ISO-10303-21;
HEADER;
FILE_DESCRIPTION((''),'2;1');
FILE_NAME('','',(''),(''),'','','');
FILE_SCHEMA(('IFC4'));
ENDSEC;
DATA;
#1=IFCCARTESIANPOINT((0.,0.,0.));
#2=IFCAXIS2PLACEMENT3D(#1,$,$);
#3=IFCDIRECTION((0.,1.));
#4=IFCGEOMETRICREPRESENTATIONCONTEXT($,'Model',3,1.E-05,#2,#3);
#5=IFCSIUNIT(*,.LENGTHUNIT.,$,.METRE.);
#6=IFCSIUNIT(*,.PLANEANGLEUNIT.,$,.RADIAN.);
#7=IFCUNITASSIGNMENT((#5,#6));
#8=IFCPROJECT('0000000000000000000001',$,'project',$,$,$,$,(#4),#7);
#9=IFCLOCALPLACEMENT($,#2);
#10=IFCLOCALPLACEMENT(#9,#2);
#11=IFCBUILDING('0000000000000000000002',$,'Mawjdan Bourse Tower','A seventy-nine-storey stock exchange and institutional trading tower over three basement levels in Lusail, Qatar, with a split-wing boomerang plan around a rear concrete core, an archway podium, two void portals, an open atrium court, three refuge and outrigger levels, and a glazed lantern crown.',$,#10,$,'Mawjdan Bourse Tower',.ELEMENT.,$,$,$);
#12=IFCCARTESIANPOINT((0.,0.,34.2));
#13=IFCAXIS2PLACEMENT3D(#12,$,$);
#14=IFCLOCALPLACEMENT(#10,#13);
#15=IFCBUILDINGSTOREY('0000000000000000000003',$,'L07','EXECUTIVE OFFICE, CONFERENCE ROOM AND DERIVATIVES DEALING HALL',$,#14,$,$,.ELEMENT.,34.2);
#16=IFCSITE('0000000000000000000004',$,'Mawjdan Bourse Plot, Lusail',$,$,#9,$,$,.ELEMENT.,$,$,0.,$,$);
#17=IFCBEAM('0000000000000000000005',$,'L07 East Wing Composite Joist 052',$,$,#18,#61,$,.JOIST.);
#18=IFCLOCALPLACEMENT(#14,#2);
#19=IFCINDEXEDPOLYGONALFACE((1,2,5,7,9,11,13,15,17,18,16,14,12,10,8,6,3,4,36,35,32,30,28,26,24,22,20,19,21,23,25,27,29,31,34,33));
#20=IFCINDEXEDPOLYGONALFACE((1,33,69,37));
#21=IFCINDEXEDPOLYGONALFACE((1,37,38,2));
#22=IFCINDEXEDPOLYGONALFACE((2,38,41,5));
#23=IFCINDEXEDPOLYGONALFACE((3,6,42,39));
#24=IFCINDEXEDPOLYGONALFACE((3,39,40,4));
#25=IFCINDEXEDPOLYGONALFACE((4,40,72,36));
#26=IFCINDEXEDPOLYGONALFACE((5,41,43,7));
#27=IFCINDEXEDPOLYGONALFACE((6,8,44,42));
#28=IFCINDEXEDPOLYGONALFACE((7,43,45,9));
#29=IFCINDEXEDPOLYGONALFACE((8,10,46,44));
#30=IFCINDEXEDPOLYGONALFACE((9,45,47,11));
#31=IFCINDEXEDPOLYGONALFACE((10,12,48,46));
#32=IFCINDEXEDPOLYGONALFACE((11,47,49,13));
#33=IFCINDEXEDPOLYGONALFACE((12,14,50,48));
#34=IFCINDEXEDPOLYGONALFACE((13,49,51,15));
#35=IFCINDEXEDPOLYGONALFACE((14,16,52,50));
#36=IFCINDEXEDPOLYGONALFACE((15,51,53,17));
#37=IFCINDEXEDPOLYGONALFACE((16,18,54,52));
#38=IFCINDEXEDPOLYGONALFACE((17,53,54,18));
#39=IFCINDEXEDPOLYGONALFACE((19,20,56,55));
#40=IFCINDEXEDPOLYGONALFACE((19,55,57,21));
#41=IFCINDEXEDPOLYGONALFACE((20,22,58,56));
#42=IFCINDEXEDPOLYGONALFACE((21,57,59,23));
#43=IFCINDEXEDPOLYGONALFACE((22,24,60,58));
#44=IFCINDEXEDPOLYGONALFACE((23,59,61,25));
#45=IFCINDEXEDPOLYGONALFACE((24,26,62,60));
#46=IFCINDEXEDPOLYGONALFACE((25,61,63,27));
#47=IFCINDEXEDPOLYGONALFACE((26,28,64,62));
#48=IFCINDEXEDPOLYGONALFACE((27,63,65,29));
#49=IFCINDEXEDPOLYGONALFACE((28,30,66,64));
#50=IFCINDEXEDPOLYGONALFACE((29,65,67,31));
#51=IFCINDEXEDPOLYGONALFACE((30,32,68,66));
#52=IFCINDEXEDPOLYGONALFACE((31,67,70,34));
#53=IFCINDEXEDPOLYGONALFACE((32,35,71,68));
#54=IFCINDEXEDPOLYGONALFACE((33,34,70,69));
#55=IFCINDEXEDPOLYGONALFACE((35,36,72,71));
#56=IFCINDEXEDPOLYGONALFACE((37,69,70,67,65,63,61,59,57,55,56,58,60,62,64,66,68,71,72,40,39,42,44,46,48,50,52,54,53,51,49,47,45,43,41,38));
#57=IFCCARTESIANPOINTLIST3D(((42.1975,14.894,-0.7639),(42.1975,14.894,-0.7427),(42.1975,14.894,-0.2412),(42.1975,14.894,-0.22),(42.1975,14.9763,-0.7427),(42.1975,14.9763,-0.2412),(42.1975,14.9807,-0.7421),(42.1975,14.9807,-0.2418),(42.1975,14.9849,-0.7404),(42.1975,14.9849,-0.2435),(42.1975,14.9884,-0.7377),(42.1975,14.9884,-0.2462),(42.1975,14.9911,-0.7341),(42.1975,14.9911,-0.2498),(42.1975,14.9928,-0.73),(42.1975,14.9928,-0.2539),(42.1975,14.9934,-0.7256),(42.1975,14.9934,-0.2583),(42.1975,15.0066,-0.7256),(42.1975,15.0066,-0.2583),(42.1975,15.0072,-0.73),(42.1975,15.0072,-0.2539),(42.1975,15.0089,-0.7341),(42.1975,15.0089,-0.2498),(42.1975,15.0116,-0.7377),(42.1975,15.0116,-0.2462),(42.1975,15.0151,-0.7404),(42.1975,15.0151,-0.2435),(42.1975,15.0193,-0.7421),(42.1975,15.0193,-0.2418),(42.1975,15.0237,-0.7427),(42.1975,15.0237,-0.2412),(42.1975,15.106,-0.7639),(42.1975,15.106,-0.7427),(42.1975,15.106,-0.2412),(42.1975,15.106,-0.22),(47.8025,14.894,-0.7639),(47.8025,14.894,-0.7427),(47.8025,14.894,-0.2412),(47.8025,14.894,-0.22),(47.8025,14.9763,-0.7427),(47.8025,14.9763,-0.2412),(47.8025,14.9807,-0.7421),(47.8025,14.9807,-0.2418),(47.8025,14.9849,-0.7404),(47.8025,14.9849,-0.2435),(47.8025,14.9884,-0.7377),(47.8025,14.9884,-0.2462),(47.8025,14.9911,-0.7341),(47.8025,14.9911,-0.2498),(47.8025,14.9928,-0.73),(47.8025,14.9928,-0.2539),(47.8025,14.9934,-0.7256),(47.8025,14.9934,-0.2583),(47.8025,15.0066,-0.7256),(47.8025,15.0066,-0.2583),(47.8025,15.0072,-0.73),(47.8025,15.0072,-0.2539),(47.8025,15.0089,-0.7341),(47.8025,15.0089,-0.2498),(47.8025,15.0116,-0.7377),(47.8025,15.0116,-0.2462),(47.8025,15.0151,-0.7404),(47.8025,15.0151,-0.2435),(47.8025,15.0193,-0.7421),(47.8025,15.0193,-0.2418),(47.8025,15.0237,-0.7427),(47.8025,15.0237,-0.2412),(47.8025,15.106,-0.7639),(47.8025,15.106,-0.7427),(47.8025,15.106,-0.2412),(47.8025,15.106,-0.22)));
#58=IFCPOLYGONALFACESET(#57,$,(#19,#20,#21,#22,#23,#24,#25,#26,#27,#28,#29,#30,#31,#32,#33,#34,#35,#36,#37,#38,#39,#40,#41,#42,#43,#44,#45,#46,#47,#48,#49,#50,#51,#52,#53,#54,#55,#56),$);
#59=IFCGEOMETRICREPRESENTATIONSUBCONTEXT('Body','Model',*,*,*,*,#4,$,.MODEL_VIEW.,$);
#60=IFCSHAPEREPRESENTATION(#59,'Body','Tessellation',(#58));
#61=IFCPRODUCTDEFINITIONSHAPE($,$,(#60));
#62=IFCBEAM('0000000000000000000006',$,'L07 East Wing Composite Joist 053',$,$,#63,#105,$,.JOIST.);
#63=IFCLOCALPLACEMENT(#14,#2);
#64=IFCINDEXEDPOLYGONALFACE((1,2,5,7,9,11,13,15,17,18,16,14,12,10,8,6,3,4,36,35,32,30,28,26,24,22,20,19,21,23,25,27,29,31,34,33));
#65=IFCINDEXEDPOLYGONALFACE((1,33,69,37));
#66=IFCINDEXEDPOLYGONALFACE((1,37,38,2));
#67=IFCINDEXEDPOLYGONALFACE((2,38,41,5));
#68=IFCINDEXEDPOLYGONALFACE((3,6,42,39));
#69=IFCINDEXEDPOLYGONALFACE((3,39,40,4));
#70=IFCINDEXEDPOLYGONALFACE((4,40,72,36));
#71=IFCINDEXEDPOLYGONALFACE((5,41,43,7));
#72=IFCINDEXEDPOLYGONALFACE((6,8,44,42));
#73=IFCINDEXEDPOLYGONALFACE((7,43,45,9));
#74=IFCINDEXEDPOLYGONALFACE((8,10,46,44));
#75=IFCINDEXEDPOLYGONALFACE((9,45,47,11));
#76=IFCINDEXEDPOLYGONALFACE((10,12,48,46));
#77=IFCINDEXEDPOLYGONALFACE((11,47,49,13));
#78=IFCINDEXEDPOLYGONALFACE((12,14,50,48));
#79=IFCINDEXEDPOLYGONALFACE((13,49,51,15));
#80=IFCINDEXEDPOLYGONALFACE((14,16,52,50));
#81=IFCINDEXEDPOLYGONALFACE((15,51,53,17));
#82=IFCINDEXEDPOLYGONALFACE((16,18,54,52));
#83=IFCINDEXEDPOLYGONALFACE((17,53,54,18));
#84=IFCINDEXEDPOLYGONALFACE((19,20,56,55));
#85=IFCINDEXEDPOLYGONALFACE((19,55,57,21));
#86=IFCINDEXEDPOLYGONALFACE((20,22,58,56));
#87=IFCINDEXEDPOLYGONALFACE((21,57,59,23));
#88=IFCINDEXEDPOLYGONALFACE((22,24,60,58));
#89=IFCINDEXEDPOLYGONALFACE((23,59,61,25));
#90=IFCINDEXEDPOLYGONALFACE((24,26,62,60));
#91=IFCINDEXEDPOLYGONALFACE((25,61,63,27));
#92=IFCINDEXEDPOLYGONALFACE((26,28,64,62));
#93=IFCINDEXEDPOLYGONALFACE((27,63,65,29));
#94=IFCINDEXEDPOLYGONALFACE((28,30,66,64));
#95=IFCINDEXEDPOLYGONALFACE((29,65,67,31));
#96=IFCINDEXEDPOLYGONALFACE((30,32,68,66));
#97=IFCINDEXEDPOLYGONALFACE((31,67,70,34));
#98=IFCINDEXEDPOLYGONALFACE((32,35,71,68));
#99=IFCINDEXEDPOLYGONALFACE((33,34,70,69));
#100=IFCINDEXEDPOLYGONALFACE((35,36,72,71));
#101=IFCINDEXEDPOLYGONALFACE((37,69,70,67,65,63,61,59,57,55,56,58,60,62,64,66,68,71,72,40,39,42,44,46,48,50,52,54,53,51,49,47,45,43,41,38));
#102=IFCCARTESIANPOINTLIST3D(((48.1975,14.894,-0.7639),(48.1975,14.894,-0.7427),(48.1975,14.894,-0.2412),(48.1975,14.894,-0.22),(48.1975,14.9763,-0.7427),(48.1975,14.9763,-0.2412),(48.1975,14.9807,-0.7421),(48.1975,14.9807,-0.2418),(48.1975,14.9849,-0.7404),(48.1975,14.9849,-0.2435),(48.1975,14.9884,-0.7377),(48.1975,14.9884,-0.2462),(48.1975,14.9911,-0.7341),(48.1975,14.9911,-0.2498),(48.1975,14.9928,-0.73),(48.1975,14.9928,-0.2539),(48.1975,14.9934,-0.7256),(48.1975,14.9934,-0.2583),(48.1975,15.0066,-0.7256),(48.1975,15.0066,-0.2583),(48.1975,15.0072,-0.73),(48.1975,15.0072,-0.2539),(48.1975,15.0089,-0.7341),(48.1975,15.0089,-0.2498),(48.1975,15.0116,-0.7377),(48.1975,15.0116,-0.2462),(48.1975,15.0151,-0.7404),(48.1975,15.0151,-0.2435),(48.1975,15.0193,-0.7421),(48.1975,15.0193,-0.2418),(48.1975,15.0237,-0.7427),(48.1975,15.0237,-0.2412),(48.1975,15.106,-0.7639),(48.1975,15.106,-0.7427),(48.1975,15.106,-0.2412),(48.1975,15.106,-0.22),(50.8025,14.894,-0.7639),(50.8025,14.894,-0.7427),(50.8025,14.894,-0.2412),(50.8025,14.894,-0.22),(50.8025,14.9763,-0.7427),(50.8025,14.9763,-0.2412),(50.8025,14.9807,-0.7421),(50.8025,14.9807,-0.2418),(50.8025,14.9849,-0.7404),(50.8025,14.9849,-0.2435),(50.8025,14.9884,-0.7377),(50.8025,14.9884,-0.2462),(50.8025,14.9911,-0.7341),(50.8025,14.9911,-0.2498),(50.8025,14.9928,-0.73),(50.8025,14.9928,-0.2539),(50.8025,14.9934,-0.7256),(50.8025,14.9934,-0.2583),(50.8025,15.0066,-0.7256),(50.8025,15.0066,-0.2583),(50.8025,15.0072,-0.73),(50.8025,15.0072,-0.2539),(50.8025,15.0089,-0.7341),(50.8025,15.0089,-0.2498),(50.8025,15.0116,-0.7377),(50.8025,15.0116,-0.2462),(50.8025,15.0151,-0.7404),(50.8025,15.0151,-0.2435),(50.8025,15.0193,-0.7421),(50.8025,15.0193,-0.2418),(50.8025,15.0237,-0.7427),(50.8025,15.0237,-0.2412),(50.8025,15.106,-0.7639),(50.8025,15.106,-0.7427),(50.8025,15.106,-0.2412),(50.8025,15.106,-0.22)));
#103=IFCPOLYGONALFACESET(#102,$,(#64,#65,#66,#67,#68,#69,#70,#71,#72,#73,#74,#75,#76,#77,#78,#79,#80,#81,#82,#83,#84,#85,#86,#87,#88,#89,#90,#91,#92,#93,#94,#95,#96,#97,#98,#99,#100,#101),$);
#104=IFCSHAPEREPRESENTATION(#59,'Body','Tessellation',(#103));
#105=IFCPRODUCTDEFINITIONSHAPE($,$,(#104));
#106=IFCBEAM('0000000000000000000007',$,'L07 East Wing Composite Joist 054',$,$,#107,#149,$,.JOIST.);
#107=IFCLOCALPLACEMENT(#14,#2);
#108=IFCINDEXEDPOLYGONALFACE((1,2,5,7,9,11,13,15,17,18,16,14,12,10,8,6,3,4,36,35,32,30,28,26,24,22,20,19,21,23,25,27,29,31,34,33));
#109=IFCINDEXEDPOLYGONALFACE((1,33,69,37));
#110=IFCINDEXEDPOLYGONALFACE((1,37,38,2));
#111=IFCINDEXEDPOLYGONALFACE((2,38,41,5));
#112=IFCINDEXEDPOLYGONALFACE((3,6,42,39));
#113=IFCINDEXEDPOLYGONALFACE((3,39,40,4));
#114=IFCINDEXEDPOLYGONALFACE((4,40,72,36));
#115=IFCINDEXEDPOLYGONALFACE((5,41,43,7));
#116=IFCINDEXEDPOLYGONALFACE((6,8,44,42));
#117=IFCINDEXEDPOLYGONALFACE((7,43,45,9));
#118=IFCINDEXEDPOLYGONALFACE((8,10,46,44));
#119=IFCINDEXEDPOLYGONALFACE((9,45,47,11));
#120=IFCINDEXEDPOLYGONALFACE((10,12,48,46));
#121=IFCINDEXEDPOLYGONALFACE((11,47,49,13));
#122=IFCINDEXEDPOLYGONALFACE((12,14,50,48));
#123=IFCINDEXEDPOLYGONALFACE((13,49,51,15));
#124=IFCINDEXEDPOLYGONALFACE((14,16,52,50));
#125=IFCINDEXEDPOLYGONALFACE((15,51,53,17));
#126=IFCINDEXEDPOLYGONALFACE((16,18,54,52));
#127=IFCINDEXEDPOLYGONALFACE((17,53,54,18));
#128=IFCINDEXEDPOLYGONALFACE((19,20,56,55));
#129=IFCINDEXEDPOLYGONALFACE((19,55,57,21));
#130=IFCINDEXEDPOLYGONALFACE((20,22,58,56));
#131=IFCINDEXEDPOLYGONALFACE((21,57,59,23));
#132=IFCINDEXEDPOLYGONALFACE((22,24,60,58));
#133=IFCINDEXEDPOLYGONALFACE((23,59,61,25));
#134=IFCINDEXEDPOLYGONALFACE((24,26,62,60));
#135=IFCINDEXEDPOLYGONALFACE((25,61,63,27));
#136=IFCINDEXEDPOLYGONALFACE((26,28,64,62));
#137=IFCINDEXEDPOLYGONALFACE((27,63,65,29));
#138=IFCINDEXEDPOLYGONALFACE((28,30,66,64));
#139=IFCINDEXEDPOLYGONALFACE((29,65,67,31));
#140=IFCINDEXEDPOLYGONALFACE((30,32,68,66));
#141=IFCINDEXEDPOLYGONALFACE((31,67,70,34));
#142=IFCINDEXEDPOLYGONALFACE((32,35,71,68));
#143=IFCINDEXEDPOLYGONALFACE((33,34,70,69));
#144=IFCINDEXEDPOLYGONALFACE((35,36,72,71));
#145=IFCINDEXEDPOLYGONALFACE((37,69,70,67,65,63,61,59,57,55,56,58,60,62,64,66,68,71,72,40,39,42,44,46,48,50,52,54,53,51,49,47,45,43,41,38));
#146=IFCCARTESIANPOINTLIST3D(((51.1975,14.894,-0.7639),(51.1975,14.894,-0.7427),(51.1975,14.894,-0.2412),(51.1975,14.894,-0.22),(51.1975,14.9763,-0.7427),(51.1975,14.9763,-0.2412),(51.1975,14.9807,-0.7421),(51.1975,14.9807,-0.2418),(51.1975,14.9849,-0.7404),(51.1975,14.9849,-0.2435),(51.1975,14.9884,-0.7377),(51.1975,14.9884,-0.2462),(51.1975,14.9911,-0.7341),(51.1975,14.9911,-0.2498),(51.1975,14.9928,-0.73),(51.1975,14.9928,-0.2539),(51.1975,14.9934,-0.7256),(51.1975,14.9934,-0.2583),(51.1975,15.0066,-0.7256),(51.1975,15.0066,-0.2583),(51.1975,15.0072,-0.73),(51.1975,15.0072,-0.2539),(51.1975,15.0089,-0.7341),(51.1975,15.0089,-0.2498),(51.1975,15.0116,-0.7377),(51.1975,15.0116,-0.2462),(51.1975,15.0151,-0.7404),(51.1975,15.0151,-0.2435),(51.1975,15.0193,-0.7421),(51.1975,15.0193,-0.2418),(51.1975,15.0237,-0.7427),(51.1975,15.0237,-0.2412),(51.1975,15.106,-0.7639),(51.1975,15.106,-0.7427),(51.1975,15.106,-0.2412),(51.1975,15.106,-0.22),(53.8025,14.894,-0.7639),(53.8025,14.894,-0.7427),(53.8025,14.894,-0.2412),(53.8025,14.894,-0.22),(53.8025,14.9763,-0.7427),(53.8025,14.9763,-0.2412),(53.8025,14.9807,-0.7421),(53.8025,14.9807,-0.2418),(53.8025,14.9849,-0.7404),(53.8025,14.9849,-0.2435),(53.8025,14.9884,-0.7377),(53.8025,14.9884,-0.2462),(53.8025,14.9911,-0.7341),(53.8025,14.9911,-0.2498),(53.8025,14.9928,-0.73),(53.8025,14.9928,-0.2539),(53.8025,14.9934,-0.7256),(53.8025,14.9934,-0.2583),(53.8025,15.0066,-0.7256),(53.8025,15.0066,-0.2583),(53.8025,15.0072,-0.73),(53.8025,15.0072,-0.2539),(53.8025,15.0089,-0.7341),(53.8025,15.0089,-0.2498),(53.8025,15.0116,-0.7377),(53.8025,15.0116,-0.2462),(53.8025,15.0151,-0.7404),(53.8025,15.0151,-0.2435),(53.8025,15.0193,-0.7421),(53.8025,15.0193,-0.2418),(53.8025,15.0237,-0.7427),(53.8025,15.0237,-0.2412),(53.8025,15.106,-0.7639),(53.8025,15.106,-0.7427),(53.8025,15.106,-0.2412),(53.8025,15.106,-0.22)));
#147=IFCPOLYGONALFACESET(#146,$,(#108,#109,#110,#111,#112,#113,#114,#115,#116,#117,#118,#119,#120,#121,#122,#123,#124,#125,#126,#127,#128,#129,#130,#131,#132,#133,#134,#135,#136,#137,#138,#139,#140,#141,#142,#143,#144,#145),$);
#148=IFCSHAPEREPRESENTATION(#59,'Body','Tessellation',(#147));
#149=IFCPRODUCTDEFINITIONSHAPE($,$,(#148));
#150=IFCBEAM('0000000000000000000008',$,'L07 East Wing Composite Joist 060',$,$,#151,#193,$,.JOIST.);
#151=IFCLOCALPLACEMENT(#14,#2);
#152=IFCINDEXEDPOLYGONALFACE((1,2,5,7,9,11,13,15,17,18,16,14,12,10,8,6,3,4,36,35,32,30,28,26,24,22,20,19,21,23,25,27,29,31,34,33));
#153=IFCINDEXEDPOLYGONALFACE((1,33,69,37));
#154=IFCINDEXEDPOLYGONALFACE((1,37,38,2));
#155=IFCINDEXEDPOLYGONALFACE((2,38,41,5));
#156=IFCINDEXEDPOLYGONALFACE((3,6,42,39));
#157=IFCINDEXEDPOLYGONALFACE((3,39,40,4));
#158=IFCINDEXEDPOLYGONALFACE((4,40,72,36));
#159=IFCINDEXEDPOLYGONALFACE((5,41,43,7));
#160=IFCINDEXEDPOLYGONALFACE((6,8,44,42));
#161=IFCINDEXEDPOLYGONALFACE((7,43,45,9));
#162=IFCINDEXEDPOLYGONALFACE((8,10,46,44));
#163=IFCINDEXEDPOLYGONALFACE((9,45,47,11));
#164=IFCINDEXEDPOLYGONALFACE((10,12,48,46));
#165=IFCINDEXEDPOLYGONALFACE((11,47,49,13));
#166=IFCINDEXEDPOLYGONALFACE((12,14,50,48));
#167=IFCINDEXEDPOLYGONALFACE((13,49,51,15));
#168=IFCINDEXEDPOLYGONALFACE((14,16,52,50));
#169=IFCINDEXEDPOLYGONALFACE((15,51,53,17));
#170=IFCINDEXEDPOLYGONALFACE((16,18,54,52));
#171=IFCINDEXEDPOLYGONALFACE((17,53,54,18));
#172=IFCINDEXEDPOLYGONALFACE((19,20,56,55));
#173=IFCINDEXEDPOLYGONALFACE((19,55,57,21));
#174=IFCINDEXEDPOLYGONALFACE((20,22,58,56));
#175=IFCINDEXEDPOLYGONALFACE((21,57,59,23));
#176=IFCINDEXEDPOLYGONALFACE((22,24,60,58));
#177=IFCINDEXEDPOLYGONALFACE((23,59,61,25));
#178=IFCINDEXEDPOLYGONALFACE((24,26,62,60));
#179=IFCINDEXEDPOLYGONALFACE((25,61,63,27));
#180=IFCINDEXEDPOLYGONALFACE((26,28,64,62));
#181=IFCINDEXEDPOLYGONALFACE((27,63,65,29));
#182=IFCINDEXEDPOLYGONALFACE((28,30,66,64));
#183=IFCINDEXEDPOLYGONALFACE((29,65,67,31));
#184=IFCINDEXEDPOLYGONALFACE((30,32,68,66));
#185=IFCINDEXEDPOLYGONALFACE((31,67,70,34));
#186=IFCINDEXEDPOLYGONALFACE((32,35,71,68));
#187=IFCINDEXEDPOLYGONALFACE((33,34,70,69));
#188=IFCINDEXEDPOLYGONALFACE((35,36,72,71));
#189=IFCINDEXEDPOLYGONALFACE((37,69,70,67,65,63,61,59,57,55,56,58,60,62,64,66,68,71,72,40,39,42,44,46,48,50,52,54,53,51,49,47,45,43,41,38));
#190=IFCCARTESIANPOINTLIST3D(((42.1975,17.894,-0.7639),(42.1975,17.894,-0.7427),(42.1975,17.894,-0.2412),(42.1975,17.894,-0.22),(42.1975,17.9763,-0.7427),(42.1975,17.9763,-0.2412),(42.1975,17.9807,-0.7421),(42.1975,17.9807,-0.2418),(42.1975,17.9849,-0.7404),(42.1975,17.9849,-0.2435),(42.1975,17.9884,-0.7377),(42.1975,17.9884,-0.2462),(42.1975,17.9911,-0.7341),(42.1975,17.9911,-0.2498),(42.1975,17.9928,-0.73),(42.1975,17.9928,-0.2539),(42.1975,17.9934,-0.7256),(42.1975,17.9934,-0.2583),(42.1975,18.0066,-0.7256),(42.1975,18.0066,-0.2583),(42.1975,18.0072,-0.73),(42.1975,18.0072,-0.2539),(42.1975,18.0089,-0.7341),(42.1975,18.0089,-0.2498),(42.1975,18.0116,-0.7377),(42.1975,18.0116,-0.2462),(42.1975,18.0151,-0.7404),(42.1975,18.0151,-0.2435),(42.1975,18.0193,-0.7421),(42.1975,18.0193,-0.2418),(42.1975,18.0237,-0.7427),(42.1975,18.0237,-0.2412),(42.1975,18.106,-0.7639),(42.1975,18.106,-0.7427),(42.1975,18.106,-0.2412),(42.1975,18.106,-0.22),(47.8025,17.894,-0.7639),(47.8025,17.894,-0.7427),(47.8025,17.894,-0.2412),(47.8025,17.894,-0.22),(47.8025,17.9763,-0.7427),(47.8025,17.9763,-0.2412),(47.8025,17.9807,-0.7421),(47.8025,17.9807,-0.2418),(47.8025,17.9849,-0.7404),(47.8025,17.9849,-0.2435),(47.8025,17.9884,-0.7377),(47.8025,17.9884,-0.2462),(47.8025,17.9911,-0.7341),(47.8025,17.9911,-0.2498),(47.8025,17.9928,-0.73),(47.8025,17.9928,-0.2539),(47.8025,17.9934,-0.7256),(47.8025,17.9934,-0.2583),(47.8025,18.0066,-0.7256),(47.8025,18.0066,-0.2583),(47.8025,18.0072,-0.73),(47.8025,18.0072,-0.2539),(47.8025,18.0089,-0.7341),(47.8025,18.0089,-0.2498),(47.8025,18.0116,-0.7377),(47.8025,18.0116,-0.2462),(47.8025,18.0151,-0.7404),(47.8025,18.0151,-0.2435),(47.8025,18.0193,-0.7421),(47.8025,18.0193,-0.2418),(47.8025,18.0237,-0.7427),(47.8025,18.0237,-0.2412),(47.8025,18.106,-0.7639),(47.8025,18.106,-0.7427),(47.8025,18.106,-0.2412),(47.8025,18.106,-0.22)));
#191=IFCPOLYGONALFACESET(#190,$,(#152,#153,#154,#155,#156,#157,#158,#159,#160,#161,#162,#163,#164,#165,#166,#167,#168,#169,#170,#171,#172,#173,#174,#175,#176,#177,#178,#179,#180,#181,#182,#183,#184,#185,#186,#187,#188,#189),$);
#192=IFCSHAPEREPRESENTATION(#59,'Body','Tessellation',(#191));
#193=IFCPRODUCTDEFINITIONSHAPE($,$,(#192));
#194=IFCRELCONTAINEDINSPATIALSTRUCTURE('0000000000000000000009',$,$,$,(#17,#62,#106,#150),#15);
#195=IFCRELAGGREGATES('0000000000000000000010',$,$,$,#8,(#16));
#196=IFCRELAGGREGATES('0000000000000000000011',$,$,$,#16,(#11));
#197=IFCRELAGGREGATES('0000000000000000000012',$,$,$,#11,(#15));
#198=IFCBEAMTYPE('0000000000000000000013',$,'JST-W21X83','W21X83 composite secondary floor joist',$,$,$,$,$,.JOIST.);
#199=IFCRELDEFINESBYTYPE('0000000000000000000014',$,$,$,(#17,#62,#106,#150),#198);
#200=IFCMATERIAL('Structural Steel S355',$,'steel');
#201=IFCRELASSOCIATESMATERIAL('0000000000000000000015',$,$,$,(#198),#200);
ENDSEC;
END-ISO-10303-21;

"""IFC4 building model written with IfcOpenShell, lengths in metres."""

from ifc_helpers import new_model, si_unit, direction, frame, origin, origin_2d, place, context, subcontext, project, spatial, i_section, extrude, material, material_profile, profile_set, type_object, element, save


model = new_model("IFC4")

# Units and contexts
model_context = context("Model", 3, precision=1e-05, world=origin(), true_north=direction((0.0, 1.0)))
body_context = subcontext(model_context, "Body", "Model", "MODEL_VIEW")
ifc_project = project(units=[si_unit("LENGTHUNIT", "METRE"), si_unit("PLANEANGLEUNIT", "RADIAN")], contexts=[model_context])

# Site, building, storey
site_placement = place(None, origin())
site = spatial("IfcSite", under=ifc_project, at=site_placement, Name="Mawjdan Bourse Plot, Lusail", CompositionType="ELEMENT", RefElevation=0.0)
building_placement = place(site_placement, origin())
building = spatial("IfcBuilding", under=site, at=building_placement, Name="Mawjdan Bourse Tower", Description="A seventy-nine-storey stock exchange and institutional trading tower over three basement levels in Lusail, Qatar, with a split-wing boomerang plan around a rear concrete core, an archway podium, two void portals, an open atrium court, three refuge and outrigger levels, and a glazed lantern crown.", LongName="Mawjdan Bourse Tower", CompositionType="ELEMENT")
storey_placement = place(building_placement, frame((0.0, 0.0, 34.2)))
storey = spatial("IfcBuildingStorey", under=building, at=storey_placement, Name="L07", Description="EXECUTIVE OFFICE, CONFERENCE ROOM AND DERIVATIVES DEALING HALL", CompositionType="ELEMENT", Elevation=34.2)

# Beams
ifc_material_1 = material(Name="Structural Steel S355", Category="steel")
ifc_material_profile_1 = material_profile(ifc_material_1, i_section(OverallWidth=0.2119, OverallDepth=0.5439, WebThickness=0.0132, FlangeThickness=0.0212, FilletRadius=0.0171, at=origin_2d()), Name="W21X83")
ifc_profile_set_1 = profile_set([ifc_material_profile_1], Name="Structural Steel S355")
beam_type_1 = type_object("IfcBeamType", Name="JST-W21X83", Description="W21X83 composite secondary floor joist", PredefinedType="JOIST", material=ifc_profile_set_1)
beam_1_placement = place(storey_placement, frame((42.1975, 15.0, -0.4919), z_axis=(1.0, 0.0, 0.0), x_axis=(0.0, 1.0, 0.0)))
element("IfcBeam", 1, at=beam_1_placement, inside=storey, type_object=beam_type_1, Name="L07 East Wing Composite Joist 052", PredefinedType="JOIST", context=body_context, shape_type="SweptSolid", body=[
    extrude(i_section(OverallWidth=0.2119, OverallDepth=0.5439, WebThickness=0.0132, FlangeThickness=0.0212, FilletRadius=0.0171, at=origin_2d()), origin(), (0.0, 0.0, 1.0), 5.605),
])
for number, where, z_axis, x_axis, name in (
    (2, (48.1975, 15.0, -0.4919), (1.0, 0.0, 0.0), (0.0, 1.0, 0.0), "L07 East Wing Composite Joist 053"),
    (3, (51.1975, 15.0, -0.4919), (1.0, 0.0, 0.0), (0.0, 1.0, 0.0), "L07 East Wing Composite Joist 054"),
):
    element("IfcBeam", number, at=place(storey_placement, frame(where, z_axis=z_axis, x_axis=x_axis)), inside=storey, type_object=beam_type_1, Name=name, PredefinedType="JOIST", context=body_context, shape_type="SweptSolid", body=[
        extrude(i_section(OverallWidth=0.2119, OverallDepth=0.5439, WebThickness=0.0132, FlangeThickness=0.0212, FilletRadius=0.0171, at=origin_2d()), origin(), (0.0, 0.0, 1.0), 2.605),
    ])
beam_2_placement = place(storey_placement, frame((42.1975, 18.0, -0.4919), z_axis=(1.0, 0.0, 0.0), x_axis=(0.0, 1.0, 0.0)))
element("IfcBeam", 4, at=beam_2_placement, inside=storey, type_object=beam_type_1, Name="L07 East Wing Composite Joist 060", PredefinedType="JOIST", context=body_context, shape_type="SweptSolid", body=[
    extrude(i_section(OverallWidth=0.2119, OverallDepth=0.5439, WebThickness=0.0132, FlangeThickness=0.0212, FilletRadius=0.0171, at=origin_2d()), origin(), (0.0, 0.0, 1.0), 5.605),
])

save(model, "model.ifc")
